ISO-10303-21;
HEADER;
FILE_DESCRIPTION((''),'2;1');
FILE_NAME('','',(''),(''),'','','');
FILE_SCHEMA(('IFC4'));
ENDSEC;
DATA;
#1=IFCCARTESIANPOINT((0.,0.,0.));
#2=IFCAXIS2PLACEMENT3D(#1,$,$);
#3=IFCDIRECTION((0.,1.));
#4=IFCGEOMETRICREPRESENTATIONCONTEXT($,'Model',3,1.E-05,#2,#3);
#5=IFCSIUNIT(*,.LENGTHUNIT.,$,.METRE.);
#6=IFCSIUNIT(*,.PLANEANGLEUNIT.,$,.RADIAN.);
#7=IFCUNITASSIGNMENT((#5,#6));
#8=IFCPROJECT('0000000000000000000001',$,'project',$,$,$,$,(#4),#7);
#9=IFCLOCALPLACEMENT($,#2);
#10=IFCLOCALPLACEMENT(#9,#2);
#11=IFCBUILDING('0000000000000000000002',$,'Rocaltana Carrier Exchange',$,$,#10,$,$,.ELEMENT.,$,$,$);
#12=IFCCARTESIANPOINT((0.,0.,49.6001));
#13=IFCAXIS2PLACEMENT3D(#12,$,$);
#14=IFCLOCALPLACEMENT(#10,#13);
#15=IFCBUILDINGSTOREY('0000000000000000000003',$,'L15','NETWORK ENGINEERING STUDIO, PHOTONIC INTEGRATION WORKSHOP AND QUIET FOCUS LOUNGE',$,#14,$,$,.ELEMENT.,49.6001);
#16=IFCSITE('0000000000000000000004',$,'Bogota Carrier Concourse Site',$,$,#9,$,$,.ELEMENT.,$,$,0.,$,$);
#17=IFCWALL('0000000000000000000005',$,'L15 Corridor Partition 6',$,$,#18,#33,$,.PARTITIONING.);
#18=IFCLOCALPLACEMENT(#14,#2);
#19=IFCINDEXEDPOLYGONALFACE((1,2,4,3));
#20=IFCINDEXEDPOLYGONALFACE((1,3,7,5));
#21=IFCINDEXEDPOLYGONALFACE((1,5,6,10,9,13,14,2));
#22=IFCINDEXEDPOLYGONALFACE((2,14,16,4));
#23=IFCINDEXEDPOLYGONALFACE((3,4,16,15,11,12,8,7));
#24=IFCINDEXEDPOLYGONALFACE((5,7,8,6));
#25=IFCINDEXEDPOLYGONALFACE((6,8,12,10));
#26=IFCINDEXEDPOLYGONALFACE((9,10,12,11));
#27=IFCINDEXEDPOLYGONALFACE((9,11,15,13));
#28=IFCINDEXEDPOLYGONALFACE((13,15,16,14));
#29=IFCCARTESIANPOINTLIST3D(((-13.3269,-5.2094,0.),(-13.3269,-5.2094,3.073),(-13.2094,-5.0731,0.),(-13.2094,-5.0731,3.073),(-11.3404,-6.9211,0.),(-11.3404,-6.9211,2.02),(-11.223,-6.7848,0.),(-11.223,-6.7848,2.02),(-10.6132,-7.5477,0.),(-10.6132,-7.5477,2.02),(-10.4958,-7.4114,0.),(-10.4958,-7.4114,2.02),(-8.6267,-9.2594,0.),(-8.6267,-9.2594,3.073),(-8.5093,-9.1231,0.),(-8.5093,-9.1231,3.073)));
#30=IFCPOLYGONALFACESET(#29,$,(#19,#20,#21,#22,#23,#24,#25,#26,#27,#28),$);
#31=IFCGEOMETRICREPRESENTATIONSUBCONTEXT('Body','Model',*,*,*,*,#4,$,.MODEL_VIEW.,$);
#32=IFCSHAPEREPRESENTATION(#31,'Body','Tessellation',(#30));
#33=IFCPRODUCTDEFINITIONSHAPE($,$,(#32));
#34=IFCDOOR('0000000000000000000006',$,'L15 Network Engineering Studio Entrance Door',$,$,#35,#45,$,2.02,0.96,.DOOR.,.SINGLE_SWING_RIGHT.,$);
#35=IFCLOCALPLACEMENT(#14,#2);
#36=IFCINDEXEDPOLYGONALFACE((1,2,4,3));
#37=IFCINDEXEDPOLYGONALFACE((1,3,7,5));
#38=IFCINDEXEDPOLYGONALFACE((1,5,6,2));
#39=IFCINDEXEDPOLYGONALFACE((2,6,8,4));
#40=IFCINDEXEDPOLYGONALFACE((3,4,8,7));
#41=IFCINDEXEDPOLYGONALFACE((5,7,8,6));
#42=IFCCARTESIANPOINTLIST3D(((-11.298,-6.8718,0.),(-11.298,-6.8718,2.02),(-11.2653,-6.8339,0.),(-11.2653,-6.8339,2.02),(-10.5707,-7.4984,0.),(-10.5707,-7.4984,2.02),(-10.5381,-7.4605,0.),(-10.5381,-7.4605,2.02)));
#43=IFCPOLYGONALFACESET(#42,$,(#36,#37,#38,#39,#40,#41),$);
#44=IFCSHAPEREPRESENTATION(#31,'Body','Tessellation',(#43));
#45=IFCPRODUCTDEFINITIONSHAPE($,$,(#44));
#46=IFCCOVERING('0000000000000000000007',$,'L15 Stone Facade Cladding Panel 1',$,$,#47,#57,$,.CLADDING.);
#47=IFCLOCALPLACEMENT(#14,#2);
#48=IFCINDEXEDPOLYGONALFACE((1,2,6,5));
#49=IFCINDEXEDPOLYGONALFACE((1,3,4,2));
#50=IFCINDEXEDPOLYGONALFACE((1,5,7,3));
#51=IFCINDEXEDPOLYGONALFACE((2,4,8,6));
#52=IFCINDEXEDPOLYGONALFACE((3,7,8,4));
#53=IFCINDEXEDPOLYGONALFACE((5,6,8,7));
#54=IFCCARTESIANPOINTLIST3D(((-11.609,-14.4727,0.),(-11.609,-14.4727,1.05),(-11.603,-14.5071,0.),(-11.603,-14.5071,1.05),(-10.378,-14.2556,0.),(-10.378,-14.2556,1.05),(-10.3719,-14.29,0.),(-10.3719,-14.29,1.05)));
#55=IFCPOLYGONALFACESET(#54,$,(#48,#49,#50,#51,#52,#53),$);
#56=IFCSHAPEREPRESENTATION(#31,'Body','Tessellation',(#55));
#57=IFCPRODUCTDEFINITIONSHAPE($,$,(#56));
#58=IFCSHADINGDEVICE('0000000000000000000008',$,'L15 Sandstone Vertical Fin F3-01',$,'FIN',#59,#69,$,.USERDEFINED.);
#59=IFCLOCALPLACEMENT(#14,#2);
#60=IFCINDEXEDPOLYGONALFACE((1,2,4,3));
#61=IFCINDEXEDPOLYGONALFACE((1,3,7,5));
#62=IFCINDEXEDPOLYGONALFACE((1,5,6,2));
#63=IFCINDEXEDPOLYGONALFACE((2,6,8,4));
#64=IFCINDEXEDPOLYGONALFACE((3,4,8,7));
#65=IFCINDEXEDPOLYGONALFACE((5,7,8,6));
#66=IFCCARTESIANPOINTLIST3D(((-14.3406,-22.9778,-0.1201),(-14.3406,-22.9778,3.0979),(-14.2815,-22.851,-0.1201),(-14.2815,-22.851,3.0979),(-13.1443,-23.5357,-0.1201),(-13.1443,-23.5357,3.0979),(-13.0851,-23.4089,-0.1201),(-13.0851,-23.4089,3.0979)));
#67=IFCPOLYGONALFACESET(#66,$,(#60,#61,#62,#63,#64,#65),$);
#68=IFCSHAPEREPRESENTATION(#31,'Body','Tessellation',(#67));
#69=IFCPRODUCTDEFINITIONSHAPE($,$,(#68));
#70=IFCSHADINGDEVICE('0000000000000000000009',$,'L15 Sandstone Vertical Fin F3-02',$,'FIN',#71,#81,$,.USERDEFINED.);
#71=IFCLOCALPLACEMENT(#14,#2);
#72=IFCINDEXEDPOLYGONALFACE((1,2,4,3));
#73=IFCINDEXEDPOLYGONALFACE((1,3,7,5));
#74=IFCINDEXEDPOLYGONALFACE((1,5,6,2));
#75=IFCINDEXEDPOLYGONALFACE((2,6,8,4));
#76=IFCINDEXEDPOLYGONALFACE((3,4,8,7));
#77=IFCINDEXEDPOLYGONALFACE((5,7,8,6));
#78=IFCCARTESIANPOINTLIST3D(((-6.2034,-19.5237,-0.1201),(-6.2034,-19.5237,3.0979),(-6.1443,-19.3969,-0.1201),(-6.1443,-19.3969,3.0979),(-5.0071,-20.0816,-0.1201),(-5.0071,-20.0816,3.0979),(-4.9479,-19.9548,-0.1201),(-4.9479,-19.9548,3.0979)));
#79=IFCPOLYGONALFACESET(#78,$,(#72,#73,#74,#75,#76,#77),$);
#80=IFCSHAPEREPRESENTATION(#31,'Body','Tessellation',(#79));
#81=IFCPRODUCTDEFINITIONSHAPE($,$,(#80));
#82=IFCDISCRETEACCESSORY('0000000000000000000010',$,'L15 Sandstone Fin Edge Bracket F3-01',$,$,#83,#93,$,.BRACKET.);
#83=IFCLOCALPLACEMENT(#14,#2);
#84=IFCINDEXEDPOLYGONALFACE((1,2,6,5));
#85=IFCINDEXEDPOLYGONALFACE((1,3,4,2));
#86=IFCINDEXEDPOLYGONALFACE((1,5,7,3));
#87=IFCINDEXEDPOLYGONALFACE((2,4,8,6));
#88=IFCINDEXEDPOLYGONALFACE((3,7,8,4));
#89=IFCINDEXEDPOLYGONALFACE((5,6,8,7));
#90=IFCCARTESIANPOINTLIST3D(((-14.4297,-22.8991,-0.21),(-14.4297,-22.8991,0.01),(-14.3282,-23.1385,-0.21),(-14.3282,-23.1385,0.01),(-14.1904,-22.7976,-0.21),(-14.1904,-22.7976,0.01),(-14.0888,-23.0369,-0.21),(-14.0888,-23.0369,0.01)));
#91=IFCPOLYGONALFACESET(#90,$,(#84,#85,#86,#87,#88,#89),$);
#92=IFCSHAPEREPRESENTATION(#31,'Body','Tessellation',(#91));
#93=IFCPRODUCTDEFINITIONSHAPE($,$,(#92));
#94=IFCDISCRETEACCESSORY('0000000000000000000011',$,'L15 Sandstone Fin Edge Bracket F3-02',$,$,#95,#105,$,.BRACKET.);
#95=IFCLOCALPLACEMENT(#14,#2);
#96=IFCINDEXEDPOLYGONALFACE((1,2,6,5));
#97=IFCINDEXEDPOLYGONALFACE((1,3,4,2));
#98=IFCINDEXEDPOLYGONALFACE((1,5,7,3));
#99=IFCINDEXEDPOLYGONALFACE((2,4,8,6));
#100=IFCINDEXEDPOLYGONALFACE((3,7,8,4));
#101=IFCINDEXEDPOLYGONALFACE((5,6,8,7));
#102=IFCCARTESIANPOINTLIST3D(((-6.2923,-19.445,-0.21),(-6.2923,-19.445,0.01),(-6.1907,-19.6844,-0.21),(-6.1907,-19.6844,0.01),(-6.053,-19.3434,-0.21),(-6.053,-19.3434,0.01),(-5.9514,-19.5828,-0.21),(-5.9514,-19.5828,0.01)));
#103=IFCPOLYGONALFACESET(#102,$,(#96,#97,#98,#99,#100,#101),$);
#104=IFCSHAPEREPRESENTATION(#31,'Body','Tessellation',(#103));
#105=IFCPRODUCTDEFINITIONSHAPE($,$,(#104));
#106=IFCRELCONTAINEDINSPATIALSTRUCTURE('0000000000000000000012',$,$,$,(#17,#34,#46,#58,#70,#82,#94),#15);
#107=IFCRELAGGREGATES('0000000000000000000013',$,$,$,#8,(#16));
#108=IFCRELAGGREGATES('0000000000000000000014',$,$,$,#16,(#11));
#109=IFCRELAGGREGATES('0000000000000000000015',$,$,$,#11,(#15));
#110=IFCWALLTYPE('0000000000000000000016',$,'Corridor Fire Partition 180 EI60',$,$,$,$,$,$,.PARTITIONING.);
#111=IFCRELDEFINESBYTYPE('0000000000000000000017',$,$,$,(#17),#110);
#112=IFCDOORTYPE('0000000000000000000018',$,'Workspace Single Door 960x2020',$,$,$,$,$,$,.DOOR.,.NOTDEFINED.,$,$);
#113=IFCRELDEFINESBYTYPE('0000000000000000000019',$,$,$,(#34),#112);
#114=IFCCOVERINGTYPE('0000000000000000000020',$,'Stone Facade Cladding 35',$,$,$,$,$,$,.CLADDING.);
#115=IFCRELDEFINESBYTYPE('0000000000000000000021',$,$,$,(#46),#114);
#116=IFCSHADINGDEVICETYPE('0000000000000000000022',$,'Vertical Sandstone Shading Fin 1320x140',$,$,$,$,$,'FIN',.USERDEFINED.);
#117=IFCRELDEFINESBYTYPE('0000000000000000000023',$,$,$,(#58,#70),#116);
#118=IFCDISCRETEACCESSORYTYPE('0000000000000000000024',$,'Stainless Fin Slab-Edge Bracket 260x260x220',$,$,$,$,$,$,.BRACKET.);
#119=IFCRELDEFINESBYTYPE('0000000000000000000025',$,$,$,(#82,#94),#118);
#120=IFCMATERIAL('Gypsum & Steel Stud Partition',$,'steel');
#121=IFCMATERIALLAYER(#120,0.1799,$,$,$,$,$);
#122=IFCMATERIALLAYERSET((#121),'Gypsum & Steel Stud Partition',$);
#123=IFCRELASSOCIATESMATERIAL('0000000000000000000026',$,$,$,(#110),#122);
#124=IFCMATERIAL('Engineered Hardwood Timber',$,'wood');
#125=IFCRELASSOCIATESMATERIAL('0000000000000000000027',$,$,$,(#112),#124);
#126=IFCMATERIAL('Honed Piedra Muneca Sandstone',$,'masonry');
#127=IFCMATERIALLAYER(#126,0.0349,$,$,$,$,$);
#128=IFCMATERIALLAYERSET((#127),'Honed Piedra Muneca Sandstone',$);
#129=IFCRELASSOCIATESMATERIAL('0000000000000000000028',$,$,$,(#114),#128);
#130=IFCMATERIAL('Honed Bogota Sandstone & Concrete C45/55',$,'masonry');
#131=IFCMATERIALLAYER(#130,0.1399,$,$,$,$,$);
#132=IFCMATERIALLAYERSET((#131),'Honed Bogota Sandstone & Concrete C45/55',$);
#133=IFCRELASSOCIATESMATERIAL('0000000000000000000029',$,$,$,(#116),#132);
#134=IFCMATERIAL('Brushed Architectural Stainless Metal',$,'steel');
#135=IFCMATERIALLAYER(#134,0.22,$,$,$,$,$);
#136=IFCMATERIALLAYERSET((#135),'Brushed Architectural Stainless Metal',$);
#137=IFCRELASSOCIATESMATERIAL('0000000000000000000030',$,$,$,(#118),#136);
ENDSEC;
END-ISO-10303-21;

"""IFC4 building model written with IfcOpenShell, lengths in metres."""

from ifc_helpers import new_model, si_unit, direction, frame, frame_2d, origin, origin_2d, place, context, subcontext, project, spatial, rectangle, extrude, material, layer, layer_set, type_object, element, fill, save


model = new_model("IFC4")

# Units and contexts
model_context = context("Model", 3, precision=1e-05, world=origin(), true_north=direction((0.0, 1.0)))
body_context = subcontext(model_context, "Body", "Model", "MODEL_VIEW")
ifc_project = project(units=[si_unit("LENGTHUNIT", "METRE"), si_unit("PLANEANGLEUNIT", "RADIAN")], contexts=[model_context])

# Site, building, storey
site_placement = place(None, origin())
site = spatial("IfcSite", under=ifc_project, at=site_placement, Name="Bogota Carrier Concourse Site", CompositionType="ELEMENT", RefElevation=0.0)
building_placement = place(site_placement, origin())
building = spatial("IfcBuilding", under=site, at=building_placement, Name="Rocaltana Carrier Exchange", CompositionType="ELEMENT")
storey_placement = place(building_placement, frame((0.0, 0.0, 49.6001)))
storey = spatial("IfcBuildingStorey", under=building, at=storey_placement, Name="L15", Description="NETWORK ENGINEERING STUDIO, PHOTONIC INTEGRATION WORKSHOP AND QUIET FOCUS LOUNGE", CompositionType="ELEMENT", Elevation=49.6001)

# Wall, opening, door
ifc_material_1 = material(Name="Gypsum & Steel Stud Partition", Category="steel")
ifc_layer_1 = layer(ifc_material_1, 0.1799)
ifc_layer_set_1 = layer_set([ifc_layer_1], Name="Gypsum & Steel Stud Partition")
wall_type_1 = type_object("IfcWallType", Name="Corridor Fire Partition 180 EI60", PredefinedType="PARTITIONING", material=ifc_layer_set_1)
wall_1_placement = place(storey_placement, frame((-8.5681, -9.1912, 0.0), z_axis=(0.0, 0.0, 1.0), x_axis=(-0.757557, 0.652769, 0.0)))
wall_1 = element("IfcWall", 1, at=wall_1_placement, inside=storey, type_object=wall_type_1, Name="L15 Corridor Partition 6", PredefinedType="PARTITIONING", context=body_context, shape_type="SweptSolid", body=[
    extrude(rectangle(XDim=6.2043, YDim=0.1799, at=frame_2d((3.1021, 0.0))), origin(), (0.0, 0.0, 1.0), 3.073),
])
opening_placement = place(wall_1_placement, frame((2.6221, 0.0, 0.0)))
opening = element("IfcOpeningElement", 2, at=opening_placement, cuts=wall_1, PredefinedType="OPENING", context=body_context, shape_type="SweptSolid", body=[
    extrude(rectangle(XDim=0.96, YDim=2.02, at=frame_2d((0.48, 1.01))), frame((0.0, 0.0999, 0.0), z_axis=(0.0, -1.0, 0.0), x_axis=(1.0, 0.0, 0.0)), (0.0, 0.0, 1.0), 0.2),
])
ifc_material_2 = material(Name="Engineered Hardwood Timber", Category="wood")
door_type = type_object("IfcDoorType", Name="Workspace Single Door 960x2020", OperationType="NOTDEFINED", PredefinedType="DOOR", material=ifc_material_2)
door_placement = place(opening_placement, origin())
door = element("IfcDoor", 3, at=door_placement, inside=storey, type_object=door_type, Name="L15 Network Engineering Studio Entrance Door", OperationType="SINGLE_SWING_RIGHT", OverallHeight=2.02, OverallWidth=0.96, PredefinedType="DOOR", context=body_context, shape_type="SweptSolid", body=[
    extrude(rectangle(XDim=0.96, YDim=2.02, at=frame_2d((0.48, 1.01))), frame((0.0, 0.0249, 0.0), z_axis=(0.0, -1.0, 0.0), x_axis=(1.0, 0.0, 0.0)), (0.0, 0.0, 1.0), 0.05),
])
fill(opening, door)

# Covering
ifc_material_3 = material(Name="Honed Piedra Muneca Sandstone", Category="masonry")
ifc_layer_2 = layer(ifc_material_3, 0.0349)
ifc_layer_set_2 = layer_set([ifc_layer_2], Name="Honed Piedra Muneca Sandstone")
covering_type = type_object("IfcCoveringType", Name="Stone Facade Cladding 35", PredefinedType="CLADDING", material=ifc_layer_set_2)
covering_placement = place(storey_placement, frame((-10.9905, -14.3813, 0.0), z_axis=(0.0, 0.0, 1.0), x_axis=(0.984808, 0.173648, 0.0)))
element("IfcCovering", 4, at=covering_placement, inside=storey, type_object=covering_type, Name="L15 Stone Facade Cladding Panel 1", PredefinedType="CLADDING", context=body_context, shape_type="SweptSolid", body=[
    extrude(rectangle(XDim=1.25, YDim=0.0349, at=origin_2d()), origin(), (0.0, 0.0, 1.0), 1.05),
])

# Shading devices
ifc_material_4 = material(Name="Honed Bogota Sandstone & Concrete C45/55", Category="masonry")
ifc_layer_3 = layer(ifc_material_4, 0.1399)
ifc_layer_set_3 = layer_set([ifc_layer_3], Name="Honed Bogota Sandstone & Concrete C45/55")
shading_device_type = type_object("IfcShadingDeviceType", Name="Vertical Sandstone Shading Fin 1320x140", ElementType="FIN", PredefinedType="USERDEFINED", material=ifc_layer_set_3)
for number, where, z_axis, x_axis, name in (
    (5, (-13.7129, -23.1934, -0.1201), (0.0, 0.0, 1.0), (0.906308, -0.422618, 0.0), "L15 Sandstone Vertical Fin F3-01"),
    (6, (-5.5757, -19.7393, -0.1201), (0.0, 0.0, 1.0), (0.906308, -0.422618, 0.0), "L15 Sandstone Vertical Fin F3-02"),
):
    element("IfcShadingDevice", number, at=place(storey_placement, frame(where, z_axis=z_axis, x_axis=x_axis)), inside=storey, type_object=shading_device_type, Name=name, ObjectType="FIN", PredefinedType="USERDEFINED", context=body_context, shape_type="SweptSolid", body=[
        extrude(rectangle(XDim=1.3201, YDim=0.1399, at=origin_2d()), origin(), (0.0, 0.0, 1.0), 3.218),
    ])

# Discrete accessories
ifc_material_5 = material(Name="Brushed Architectural Stainless Metal", Category="steel")
ifc_layer_4 = layer(ifc_material_5, 0.22)
ifc_layer_set_4 = layer_set([ifc_layer_4], Name="Brushed Architectural Stainless Metal")
discrete_accessory_type = type_object("IfcDiscreteAccessoryType", Name="Stainless Fin Slab-Edge Bracket 260x260x220", PredefinedType="BRACKET", material=ifc_layer_set_4)
for number, where, z_axis, x_axis, name in (
    (7, (-14.2593, -22.968, -0.21), (0.0, 0.0, 1.0), (0.920505, 0.390731, 0.0), "L15 Sandstone Fin Edge Bracket F3-01"),
    (8, (-6.1218, -19.5139, -0.21), (0.0, 0.0, 1.0), (0.920505, 0.390731, 0.0), "L15 Sandstone Fin Edge Bracket F3-02"),
):
    element("IfcDiscreteAccessory", number, at=place(storey_placement, frame(where, z_axis=z_axis, x_axis=x_axis)), inside=storey, type_object=discrete_accessory_type, Name=name, PredefinedType="BRACKET", context=body_context, shape_type="SweptSolid", body=[
        extrude(rectangle(XDim=0.26, YDim=0.26, at=origin_2d()), origin(), (0.0, 0.0, 1.0), 0.22),
    ])

save(model, "model.ifc")
